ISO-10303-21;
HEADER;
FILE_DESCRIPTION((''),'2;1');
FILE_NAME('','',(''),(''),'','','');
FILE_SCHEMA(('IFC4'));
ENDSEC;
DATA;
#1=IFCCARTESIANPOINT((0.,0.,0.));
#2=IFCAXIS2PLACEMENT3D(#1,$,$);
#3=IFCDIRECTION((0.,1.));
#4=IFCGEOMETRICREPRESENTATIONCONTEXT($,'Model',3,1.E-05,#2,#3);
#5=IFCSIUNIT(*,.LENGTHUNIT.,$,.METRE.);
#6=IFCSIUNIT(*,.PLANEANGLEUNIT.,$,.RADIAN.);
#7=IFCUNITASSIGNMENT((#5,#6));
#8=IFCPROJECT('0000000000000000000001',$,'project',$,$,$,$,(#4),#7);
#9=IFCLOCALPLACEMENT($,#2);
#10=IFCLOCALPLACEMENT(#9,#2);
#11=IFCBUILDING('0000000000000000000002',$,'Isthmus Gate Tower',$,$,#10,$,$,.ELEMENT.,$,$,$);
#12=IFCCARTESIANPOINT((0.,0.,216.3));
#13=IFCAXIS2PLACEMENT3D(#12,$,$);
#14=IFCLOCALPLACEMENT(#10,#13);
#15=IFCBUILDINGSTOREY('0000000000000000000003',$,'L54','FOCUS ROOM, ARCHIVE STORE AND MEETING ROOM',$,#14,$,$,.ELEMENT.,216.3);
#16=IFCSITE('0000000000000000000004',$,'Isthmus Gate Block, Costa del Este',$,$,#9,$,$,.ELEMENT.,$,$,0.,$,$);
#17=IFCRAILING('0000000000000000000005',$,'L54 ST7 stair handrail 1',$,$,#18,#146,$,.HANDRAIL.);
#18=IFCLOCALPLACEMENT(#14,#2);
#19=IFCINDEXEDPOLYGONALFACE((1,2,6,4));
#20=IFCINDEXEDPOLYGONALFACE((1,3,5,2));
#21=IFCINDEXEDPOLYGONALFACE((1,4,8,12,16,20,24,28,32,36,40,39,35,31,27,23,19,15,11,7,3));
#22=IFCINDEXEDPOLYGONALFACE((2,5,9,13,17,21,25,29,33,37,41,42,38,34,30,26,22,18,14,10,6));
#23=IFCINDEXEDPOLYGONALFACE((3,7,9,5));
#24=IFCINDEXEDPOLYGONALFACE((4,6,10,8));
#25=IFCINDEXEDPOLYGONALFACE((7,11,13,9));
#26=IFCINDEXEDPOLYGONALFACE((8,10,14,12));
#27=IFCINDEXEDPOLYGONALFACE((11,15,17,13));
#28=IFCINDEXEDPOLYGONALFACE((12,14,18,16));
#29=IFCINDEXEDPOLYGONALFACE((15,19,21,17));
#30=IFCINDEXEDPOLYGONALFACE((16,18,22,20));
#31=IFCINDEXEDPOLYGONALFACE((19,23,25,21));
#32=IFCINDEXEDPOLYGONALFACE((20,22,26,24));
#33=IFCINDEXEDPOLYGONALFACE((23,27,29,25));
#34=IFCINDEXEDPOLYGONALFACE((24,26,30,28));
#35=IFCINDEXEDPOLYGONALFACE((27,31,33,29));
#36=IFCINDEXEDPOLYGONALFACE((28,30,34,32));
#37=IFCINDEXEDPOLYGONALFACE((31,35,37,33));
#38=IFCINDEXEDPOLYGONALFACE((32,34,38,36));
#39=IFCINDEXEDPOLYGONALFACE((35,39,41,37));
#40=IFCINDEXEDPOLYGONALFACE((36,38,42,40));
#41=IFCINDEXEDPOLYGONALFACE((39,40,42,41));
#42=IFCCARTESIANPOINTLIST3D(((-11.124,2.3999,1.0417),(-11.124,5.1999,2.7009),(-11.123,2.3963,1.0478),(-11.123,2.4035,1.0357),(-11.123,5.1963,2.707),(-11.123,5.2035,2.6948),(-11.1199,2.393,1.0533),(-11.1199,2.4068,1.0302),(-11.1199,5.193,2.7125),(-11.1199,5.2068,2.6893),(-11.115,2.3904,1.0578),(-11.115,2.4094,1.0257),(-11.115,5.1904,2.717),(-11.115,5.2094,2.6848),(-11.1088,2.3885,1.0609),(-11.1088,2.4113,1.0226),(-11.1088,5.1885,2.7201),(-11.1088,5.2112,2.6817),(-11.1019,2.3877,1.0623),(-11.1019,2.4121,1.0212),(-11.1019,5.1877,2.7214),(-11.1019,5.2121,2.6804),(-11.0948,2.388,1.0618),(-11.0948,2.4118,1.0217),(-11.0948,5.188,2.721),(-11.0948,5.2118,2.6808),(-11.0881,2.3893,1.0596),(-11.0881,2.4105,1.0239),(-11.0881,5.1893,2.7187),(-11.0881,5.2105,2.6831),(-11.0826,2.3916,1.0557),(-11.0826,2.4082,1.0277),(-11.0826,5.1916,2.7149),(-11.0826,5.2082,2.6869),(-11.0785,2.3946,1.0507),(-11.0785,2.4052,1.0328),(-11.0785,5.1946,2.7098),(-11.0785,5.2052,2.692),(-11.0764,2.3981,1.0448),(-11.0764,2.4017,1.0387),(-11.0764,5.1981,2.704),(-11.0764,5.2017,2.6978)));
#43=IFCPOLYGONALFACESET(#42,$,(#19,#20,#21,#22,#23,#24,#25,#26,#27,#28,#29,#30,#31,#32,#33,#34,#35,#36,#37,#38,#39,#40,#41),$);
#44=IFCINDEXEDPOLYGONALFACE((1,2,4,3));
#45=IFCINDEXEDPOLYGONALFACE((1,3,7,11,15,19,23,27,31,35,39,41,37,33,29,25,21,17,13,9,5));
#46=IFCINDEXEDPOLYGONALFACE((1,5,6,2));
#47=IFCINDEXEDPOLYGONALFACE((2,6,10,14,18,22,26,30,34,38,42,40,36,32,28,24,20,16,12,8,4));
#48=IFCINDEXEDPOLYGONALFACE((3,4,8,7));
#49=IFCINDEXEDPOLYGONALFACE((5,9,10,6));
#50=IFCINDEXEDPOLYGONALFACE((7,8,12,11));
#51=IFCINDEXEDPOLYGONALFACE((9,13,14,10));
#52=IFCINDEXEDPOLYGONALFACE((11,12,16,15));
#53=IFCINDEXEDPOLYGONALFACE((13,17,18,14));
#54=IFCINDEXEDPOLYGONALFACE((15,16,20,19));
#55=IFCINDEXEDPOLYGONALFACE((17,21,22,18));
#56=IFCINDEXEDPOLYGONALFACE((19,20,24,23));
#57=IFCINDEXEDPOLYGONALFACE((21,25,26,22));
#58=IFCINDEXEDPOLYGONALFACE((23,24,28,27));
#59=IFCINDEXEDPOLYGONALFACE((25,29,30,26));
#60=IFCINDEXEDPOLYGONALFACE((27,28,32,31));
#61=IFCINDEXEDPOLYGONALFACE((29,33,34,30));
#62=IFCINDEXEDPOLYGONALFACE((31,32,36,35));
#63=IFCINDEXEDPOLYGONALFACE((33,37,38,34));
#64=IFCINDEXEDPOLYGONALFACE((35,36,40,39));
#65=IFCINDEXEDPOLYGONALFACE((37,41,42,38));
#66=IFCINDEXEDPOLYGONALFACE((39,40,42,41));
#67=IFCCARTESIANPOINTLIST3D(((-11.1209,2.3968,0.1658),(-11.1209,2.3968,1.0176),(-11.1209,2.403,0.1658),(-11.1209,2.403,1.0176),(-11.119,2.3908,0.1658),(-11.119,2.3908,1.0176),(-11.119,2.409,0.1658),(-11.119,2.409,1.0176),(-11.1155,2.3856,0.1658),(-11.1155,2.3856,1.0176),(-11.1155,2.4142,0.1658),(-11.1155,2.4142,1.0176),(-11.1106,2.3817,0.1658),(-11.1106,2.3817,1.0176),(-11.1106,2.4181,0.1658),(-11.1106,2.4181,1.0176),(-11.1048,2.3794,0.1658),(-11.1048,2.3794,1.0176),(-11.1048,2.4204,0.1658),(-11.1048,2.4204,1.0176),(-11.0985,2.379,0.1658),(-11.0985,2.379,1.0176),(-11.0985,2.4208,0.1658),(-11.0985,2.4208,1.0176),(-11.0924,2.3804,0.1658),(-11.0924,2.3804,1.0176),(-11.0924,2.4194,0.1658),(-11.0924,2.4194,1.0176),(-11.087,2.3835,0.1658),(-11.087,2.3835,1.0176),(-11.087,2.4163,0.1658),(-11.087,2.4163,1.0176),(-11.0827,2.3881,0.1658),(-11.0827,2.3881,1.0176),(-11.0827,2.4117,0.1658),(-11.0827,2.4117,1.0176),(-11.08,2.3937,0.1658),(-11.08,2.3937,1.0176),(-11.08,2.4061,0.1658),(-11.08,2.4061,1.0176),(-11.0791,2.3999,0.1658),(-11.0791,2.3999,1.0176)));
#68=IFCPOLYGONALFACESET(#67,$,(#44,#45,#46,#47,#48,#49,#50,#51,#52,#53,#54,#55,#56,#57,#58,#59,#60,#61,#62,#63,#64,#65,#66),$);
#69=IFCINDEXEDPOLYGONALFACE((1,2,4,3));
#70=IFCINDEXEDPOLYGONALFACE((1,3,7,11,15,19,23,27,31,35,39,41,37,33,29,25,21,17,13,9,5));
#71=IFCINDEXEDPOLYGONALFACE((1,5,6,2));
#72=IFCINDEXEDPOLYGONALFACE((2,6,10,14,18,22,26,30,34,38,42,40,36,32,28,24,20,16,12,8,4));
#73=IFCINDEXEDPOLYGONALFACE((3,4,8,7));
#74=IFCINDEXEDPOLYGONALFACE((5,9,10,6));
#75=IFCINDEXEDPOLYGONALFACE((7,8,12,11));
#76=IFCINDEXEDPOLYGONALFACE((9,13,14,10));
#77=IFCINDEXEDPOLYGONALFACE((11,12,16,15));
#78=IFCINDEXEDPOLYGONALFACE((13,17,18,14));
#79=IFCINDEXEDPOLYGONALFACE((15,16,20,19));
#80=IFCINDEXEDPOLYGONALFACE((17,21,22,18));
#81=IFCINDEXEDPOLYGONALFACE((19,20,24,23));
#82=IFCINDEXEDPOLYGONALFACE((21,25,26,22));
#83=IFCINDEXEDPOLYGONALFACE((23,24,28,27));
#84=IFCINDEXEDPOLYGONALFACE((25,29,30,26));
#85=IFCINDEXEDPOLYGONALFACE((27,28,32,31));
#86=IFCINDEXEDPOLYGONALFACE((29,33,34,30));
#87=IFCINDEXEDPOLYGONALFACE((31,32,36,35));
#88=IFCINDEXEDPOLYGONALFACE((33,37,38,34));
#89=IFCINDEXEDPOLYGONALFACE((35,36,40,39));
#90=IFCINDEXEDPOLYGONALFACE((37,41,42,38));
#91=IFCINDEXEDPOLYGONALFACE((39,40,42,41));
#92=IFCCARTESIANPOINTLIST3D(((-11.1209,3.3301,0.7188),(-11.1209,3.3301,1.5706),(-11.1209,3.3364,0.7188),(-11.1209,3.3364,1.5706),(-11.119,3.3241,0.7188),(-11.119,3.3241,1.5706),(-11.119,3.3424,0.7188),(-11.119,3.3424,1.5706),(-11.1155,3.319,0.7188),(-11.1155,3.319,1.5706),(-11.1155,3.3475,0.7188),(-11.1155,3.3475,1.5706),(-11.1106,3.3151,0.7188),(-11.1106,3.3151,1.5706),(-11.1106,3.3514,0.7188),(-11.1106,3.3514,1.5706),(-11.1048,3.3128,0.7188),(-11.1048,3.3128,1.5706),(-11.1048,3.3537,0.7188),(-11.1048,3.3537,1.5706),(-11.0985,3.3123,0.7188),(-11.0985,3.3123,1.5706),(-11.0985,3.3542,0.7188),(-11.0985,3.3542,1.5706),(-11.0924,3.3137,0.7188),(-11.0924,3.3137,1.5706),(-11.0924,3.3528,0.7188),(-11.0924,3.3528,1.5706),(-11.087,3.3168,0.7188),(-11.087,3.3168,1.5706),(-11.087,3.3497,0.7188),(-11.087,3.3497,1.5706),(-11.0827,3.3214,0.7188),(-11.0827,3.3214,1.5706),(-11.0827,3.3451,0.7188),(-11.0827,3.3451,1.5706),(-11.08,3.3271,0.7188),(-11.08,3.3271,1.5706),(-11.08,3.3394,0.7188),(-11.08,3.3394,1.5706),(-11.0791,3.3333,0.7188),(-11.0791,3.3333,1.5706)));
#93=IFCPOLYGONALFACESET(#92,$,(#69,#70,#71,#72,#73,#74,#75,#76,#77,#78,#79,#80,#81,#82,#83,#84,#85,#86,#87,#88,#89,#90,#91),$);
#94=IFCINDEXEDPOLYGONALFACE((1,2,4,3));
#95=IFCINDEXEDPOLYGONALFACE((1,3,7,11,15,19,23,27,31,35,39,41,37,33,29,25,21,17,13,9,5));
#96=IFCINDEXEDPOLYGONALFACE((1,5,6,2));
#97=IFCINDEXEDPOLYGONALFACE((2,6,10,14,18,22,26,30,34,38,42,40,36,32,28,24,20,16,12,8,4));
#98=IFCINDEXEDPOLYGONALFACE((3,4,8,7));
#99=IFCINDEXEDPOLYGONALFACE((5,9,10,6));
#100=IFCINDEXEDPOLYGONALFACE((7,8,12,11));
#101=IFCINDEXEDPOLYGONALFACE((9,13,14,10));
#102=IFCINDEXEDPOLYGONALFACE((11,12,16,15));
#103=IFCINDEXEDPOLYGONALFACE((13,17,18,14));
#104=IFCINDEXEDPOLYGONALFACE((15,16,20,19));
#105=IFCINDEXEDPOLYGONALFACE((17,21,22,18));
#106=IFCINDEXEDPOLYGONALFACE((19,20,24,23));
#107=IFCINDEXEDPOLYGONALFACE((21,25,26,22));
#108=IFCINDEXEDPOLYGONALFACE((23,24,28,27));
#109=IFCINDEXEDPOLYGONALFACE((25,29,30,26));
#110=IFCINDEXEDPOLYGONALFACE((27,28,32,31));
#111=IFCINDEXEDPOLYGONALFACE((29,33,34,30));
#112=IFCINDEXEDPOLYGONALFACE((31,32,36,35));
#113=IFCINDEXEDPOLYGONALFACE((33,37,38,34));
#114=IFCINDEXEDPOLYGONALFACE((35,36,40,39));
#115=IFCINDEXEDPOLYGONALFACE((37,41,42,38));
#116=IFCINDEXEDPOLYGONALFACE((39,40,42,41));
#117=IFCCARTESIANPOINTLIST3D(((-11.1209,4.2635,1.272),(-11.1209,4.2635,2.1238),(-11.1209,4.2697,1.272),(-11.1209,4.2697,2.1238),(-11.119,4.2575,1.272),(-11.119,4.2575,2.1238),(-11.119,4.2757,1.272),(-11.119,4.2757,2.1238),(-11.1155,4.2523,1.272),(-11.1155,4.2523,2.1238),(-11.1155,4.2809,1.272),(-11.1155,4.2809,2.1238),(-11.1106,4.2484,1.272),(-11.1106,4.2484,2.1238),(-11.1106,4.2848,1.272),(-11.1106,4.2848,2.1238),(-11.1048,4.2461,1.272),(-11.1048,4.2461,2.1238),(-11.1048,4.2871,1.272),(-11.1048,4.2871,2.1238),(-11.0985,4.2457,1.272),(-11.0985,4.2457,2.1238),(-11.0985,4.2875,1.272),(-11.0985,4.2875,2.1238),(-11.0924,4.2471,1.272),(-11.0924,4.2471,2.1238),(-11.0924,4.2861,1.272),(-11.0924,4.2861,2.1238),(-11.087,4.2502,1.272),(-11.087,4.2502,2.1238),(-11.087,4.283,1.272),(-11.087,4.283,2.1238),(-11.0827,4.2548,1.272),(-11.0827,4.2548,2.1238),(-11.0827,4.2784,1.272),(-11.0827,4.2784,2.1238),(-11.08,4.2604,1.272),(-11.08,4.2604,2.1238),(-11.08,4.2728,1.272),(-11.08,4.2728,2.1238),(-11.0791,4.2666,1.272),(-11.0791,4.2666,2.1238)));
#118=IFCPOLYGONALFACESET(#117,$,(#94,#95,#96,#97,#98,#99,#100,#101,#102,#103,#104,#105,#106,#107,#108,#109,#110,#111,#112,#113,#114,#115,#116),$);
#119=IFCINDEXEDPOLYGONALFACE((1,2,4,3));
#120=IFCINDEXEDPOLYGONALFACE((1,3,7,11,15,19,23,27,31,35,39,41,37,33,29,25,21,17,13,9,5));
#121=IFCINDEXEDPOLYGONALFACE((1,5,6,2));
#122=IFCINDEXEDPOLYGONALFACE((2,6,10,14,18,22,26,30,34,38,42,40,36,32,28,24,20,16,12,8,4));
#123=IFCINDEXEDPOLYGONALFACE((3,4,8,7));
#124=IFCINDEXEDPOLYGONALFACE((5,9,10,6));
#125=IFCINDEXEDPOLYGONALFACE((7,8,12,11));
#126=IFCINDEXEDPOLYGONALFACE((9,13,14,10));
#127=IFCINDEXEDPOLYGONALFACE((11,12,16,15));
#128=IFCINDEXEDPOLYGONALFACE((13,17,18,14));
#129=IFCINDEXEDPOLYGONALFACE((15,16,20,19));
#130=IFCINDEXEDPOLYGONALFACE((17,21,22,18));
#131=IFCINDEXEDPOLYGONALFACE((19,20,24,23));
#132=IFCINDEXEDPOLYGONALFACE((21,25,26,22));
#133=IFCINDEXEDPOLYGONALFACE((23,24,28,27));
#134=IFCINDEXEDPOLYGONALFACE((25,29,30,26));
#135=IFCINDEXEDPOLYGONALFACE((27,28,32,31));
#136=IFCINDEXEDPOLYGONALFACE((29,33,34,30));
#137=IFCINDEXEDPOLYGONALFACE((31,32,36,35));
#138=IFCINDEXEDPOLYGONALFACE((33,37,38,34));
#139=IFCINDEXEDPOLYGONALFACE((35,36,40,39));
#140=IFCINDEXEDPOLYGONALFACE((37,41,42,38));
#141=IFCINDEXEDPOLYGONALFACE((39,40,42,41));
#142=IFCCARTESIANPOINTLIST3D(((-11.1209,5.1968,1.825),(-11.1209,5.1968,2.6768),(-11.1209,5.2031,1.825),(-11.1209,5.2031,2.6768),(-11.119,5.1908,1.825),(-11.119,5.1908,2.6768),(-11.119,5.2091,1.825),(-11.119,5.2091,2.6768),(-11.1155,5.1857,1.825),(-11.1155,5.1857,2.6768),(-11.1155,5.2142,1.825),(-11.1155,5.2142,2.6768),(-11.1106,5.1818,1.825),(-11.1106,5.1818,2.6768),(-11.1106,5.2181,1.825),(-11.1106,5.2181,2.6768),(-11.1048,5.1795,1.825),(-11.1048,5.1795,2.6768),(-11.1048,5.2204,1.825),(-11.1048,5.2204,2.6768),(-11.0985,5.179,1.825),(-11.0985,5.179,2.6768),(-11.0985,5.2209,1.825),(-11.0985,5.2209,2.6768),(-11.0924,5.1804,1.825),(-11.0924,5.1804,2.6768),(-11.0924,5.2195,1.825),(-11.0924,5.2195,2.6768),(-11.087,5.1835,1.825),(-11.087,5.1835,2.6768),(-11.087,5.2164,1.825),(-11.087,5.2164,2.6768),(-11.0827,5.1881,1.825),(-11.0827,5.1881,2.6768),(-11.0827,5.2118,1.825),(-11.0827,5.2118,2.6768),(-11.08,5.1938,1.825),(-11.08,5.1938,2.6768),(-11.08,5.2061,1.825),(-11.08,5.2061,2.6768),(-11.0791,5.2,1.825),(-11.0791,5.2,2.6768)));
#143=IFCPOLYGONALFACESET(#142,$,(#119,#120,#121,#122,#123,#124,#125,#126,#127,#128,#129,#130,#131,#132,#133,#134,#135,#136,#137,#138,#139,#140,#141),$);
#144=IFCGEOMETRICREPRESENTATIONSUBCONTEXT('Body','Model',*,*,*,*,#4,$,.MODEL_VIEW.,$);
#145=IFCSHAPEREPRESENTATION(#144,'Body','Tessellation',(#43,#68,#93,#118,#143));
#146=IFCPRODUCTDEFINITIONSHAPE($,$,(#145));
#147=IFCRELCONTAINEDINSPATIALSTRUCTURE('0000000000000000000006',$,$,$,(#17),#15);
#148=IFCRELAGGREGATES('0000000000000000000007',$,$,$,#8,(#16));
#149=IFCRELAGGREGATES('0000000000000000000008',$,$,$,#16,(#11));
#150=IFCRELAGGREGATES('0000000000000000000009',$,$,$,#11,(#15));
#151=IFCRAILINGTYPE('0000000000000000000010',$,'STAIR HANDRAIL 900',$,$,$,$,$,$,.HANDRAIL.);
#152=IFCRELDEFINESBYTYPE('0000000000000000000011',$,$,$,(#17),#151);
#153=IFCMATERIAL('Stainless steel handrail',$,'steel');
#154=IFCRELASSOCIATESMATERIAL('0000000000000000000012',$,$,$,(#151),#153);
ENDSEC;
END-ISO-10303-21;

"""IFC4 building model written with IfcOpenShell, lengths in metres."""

from ifc_helpers import new_model, si_unit, direction, frame, origin, origin_2d, place, context, subcontext, project, spatial, circle, extrude, material, type_object, element, save


model = new_model("IFC4")

# Units and contexts
model_context = context("Model", 3, precision=1e-05, world=origin(), true_north=direction((0.0, 1.0)))
body_context = subcontext(model_context, "Body", "Model", "MODEL_VIEW")
ifc_project = project(units=[si_unit("LENGTHUNIT", "METRE"), si_unit("PLANEANGLEUNIT", "RADIAN")], contexts=[model_context])

# Site, building, storey
site_placement = place(None, origin())
site = spatial("IfcSite", under=ifc_project, at=site_placement, Name="Isthmus Gate Block, Costa del Este", CompositionType="ELEMENT", RefElevation=0.0)
building_placement = place(site_placement, origin())
building = spatial("IfcBuilding", under=site, at=building_placement, Name="Isthmus Gate Tower", CompositionType="ELEMENT")
storey_placement = place(building_placement, frame((0.0, 0.0, 216.3)))
storey = spatial("IfcBuildingStorey", under=building, at=storey_placement, Name="L54", Description="FOCUS ROOM, ARCHIVE STORE AND MEETING ROOM", CompositionType="ELEMENT", Elevation=216.3)

# Railing
ifc_material_1 = material(Name="Stainless steel handrail", Category="steel")
railing_type_1 = type_object("IfcRailingType", Name="STAIR HANDRAIL 900", PredefinedType="HANDRAIL", material=ifc_material_1)
railing_1_placement = place(storey_placement, frame((-11.1001, 2.3999, 0.1658)))
element("IfcRailing", 1, at=railing_1_placement, inside=storey, type_object=railing_type_1, Name="L54 ST7 stair handrail 1", PredefinedType="HANDRAIL", context=body_context, shape_type="SweptSolid", body=[
    extrude(circle(Radius=0.0239, at=origin_2d()), frame((0.0, 0.0, 0.876), z_axis=(0.0, 0.860306, 0.509778), x_axis=(-1.0, 0.0, 0.0)), (0.0, 0.0, 1.0), 3.2546),
    extrude(circle(Radius=0.021, at=origin_2d()), origin(), (0.0, 0.0, 1.0), 0.8518),
    extrude(circle(Radius=0.021, at=origin_2d()), frame((0.0, 0.9333, 0.553)), (0.0, 0.0, 1.0), 0.8518),
    extrude(circle(Radius=0.021, at=origin_2d()), frame((0.0, 1.8667, 1.1062)), (0.0, 0.0, 1.0), 0.8518),
    extrude(circle(Radius=0.021, at=origin_2d()), frame((0.0, 2.8, 1.6592)), (0.0, 0.0, 1.0), 0.8518),
])

save(model, "model.ifc")
